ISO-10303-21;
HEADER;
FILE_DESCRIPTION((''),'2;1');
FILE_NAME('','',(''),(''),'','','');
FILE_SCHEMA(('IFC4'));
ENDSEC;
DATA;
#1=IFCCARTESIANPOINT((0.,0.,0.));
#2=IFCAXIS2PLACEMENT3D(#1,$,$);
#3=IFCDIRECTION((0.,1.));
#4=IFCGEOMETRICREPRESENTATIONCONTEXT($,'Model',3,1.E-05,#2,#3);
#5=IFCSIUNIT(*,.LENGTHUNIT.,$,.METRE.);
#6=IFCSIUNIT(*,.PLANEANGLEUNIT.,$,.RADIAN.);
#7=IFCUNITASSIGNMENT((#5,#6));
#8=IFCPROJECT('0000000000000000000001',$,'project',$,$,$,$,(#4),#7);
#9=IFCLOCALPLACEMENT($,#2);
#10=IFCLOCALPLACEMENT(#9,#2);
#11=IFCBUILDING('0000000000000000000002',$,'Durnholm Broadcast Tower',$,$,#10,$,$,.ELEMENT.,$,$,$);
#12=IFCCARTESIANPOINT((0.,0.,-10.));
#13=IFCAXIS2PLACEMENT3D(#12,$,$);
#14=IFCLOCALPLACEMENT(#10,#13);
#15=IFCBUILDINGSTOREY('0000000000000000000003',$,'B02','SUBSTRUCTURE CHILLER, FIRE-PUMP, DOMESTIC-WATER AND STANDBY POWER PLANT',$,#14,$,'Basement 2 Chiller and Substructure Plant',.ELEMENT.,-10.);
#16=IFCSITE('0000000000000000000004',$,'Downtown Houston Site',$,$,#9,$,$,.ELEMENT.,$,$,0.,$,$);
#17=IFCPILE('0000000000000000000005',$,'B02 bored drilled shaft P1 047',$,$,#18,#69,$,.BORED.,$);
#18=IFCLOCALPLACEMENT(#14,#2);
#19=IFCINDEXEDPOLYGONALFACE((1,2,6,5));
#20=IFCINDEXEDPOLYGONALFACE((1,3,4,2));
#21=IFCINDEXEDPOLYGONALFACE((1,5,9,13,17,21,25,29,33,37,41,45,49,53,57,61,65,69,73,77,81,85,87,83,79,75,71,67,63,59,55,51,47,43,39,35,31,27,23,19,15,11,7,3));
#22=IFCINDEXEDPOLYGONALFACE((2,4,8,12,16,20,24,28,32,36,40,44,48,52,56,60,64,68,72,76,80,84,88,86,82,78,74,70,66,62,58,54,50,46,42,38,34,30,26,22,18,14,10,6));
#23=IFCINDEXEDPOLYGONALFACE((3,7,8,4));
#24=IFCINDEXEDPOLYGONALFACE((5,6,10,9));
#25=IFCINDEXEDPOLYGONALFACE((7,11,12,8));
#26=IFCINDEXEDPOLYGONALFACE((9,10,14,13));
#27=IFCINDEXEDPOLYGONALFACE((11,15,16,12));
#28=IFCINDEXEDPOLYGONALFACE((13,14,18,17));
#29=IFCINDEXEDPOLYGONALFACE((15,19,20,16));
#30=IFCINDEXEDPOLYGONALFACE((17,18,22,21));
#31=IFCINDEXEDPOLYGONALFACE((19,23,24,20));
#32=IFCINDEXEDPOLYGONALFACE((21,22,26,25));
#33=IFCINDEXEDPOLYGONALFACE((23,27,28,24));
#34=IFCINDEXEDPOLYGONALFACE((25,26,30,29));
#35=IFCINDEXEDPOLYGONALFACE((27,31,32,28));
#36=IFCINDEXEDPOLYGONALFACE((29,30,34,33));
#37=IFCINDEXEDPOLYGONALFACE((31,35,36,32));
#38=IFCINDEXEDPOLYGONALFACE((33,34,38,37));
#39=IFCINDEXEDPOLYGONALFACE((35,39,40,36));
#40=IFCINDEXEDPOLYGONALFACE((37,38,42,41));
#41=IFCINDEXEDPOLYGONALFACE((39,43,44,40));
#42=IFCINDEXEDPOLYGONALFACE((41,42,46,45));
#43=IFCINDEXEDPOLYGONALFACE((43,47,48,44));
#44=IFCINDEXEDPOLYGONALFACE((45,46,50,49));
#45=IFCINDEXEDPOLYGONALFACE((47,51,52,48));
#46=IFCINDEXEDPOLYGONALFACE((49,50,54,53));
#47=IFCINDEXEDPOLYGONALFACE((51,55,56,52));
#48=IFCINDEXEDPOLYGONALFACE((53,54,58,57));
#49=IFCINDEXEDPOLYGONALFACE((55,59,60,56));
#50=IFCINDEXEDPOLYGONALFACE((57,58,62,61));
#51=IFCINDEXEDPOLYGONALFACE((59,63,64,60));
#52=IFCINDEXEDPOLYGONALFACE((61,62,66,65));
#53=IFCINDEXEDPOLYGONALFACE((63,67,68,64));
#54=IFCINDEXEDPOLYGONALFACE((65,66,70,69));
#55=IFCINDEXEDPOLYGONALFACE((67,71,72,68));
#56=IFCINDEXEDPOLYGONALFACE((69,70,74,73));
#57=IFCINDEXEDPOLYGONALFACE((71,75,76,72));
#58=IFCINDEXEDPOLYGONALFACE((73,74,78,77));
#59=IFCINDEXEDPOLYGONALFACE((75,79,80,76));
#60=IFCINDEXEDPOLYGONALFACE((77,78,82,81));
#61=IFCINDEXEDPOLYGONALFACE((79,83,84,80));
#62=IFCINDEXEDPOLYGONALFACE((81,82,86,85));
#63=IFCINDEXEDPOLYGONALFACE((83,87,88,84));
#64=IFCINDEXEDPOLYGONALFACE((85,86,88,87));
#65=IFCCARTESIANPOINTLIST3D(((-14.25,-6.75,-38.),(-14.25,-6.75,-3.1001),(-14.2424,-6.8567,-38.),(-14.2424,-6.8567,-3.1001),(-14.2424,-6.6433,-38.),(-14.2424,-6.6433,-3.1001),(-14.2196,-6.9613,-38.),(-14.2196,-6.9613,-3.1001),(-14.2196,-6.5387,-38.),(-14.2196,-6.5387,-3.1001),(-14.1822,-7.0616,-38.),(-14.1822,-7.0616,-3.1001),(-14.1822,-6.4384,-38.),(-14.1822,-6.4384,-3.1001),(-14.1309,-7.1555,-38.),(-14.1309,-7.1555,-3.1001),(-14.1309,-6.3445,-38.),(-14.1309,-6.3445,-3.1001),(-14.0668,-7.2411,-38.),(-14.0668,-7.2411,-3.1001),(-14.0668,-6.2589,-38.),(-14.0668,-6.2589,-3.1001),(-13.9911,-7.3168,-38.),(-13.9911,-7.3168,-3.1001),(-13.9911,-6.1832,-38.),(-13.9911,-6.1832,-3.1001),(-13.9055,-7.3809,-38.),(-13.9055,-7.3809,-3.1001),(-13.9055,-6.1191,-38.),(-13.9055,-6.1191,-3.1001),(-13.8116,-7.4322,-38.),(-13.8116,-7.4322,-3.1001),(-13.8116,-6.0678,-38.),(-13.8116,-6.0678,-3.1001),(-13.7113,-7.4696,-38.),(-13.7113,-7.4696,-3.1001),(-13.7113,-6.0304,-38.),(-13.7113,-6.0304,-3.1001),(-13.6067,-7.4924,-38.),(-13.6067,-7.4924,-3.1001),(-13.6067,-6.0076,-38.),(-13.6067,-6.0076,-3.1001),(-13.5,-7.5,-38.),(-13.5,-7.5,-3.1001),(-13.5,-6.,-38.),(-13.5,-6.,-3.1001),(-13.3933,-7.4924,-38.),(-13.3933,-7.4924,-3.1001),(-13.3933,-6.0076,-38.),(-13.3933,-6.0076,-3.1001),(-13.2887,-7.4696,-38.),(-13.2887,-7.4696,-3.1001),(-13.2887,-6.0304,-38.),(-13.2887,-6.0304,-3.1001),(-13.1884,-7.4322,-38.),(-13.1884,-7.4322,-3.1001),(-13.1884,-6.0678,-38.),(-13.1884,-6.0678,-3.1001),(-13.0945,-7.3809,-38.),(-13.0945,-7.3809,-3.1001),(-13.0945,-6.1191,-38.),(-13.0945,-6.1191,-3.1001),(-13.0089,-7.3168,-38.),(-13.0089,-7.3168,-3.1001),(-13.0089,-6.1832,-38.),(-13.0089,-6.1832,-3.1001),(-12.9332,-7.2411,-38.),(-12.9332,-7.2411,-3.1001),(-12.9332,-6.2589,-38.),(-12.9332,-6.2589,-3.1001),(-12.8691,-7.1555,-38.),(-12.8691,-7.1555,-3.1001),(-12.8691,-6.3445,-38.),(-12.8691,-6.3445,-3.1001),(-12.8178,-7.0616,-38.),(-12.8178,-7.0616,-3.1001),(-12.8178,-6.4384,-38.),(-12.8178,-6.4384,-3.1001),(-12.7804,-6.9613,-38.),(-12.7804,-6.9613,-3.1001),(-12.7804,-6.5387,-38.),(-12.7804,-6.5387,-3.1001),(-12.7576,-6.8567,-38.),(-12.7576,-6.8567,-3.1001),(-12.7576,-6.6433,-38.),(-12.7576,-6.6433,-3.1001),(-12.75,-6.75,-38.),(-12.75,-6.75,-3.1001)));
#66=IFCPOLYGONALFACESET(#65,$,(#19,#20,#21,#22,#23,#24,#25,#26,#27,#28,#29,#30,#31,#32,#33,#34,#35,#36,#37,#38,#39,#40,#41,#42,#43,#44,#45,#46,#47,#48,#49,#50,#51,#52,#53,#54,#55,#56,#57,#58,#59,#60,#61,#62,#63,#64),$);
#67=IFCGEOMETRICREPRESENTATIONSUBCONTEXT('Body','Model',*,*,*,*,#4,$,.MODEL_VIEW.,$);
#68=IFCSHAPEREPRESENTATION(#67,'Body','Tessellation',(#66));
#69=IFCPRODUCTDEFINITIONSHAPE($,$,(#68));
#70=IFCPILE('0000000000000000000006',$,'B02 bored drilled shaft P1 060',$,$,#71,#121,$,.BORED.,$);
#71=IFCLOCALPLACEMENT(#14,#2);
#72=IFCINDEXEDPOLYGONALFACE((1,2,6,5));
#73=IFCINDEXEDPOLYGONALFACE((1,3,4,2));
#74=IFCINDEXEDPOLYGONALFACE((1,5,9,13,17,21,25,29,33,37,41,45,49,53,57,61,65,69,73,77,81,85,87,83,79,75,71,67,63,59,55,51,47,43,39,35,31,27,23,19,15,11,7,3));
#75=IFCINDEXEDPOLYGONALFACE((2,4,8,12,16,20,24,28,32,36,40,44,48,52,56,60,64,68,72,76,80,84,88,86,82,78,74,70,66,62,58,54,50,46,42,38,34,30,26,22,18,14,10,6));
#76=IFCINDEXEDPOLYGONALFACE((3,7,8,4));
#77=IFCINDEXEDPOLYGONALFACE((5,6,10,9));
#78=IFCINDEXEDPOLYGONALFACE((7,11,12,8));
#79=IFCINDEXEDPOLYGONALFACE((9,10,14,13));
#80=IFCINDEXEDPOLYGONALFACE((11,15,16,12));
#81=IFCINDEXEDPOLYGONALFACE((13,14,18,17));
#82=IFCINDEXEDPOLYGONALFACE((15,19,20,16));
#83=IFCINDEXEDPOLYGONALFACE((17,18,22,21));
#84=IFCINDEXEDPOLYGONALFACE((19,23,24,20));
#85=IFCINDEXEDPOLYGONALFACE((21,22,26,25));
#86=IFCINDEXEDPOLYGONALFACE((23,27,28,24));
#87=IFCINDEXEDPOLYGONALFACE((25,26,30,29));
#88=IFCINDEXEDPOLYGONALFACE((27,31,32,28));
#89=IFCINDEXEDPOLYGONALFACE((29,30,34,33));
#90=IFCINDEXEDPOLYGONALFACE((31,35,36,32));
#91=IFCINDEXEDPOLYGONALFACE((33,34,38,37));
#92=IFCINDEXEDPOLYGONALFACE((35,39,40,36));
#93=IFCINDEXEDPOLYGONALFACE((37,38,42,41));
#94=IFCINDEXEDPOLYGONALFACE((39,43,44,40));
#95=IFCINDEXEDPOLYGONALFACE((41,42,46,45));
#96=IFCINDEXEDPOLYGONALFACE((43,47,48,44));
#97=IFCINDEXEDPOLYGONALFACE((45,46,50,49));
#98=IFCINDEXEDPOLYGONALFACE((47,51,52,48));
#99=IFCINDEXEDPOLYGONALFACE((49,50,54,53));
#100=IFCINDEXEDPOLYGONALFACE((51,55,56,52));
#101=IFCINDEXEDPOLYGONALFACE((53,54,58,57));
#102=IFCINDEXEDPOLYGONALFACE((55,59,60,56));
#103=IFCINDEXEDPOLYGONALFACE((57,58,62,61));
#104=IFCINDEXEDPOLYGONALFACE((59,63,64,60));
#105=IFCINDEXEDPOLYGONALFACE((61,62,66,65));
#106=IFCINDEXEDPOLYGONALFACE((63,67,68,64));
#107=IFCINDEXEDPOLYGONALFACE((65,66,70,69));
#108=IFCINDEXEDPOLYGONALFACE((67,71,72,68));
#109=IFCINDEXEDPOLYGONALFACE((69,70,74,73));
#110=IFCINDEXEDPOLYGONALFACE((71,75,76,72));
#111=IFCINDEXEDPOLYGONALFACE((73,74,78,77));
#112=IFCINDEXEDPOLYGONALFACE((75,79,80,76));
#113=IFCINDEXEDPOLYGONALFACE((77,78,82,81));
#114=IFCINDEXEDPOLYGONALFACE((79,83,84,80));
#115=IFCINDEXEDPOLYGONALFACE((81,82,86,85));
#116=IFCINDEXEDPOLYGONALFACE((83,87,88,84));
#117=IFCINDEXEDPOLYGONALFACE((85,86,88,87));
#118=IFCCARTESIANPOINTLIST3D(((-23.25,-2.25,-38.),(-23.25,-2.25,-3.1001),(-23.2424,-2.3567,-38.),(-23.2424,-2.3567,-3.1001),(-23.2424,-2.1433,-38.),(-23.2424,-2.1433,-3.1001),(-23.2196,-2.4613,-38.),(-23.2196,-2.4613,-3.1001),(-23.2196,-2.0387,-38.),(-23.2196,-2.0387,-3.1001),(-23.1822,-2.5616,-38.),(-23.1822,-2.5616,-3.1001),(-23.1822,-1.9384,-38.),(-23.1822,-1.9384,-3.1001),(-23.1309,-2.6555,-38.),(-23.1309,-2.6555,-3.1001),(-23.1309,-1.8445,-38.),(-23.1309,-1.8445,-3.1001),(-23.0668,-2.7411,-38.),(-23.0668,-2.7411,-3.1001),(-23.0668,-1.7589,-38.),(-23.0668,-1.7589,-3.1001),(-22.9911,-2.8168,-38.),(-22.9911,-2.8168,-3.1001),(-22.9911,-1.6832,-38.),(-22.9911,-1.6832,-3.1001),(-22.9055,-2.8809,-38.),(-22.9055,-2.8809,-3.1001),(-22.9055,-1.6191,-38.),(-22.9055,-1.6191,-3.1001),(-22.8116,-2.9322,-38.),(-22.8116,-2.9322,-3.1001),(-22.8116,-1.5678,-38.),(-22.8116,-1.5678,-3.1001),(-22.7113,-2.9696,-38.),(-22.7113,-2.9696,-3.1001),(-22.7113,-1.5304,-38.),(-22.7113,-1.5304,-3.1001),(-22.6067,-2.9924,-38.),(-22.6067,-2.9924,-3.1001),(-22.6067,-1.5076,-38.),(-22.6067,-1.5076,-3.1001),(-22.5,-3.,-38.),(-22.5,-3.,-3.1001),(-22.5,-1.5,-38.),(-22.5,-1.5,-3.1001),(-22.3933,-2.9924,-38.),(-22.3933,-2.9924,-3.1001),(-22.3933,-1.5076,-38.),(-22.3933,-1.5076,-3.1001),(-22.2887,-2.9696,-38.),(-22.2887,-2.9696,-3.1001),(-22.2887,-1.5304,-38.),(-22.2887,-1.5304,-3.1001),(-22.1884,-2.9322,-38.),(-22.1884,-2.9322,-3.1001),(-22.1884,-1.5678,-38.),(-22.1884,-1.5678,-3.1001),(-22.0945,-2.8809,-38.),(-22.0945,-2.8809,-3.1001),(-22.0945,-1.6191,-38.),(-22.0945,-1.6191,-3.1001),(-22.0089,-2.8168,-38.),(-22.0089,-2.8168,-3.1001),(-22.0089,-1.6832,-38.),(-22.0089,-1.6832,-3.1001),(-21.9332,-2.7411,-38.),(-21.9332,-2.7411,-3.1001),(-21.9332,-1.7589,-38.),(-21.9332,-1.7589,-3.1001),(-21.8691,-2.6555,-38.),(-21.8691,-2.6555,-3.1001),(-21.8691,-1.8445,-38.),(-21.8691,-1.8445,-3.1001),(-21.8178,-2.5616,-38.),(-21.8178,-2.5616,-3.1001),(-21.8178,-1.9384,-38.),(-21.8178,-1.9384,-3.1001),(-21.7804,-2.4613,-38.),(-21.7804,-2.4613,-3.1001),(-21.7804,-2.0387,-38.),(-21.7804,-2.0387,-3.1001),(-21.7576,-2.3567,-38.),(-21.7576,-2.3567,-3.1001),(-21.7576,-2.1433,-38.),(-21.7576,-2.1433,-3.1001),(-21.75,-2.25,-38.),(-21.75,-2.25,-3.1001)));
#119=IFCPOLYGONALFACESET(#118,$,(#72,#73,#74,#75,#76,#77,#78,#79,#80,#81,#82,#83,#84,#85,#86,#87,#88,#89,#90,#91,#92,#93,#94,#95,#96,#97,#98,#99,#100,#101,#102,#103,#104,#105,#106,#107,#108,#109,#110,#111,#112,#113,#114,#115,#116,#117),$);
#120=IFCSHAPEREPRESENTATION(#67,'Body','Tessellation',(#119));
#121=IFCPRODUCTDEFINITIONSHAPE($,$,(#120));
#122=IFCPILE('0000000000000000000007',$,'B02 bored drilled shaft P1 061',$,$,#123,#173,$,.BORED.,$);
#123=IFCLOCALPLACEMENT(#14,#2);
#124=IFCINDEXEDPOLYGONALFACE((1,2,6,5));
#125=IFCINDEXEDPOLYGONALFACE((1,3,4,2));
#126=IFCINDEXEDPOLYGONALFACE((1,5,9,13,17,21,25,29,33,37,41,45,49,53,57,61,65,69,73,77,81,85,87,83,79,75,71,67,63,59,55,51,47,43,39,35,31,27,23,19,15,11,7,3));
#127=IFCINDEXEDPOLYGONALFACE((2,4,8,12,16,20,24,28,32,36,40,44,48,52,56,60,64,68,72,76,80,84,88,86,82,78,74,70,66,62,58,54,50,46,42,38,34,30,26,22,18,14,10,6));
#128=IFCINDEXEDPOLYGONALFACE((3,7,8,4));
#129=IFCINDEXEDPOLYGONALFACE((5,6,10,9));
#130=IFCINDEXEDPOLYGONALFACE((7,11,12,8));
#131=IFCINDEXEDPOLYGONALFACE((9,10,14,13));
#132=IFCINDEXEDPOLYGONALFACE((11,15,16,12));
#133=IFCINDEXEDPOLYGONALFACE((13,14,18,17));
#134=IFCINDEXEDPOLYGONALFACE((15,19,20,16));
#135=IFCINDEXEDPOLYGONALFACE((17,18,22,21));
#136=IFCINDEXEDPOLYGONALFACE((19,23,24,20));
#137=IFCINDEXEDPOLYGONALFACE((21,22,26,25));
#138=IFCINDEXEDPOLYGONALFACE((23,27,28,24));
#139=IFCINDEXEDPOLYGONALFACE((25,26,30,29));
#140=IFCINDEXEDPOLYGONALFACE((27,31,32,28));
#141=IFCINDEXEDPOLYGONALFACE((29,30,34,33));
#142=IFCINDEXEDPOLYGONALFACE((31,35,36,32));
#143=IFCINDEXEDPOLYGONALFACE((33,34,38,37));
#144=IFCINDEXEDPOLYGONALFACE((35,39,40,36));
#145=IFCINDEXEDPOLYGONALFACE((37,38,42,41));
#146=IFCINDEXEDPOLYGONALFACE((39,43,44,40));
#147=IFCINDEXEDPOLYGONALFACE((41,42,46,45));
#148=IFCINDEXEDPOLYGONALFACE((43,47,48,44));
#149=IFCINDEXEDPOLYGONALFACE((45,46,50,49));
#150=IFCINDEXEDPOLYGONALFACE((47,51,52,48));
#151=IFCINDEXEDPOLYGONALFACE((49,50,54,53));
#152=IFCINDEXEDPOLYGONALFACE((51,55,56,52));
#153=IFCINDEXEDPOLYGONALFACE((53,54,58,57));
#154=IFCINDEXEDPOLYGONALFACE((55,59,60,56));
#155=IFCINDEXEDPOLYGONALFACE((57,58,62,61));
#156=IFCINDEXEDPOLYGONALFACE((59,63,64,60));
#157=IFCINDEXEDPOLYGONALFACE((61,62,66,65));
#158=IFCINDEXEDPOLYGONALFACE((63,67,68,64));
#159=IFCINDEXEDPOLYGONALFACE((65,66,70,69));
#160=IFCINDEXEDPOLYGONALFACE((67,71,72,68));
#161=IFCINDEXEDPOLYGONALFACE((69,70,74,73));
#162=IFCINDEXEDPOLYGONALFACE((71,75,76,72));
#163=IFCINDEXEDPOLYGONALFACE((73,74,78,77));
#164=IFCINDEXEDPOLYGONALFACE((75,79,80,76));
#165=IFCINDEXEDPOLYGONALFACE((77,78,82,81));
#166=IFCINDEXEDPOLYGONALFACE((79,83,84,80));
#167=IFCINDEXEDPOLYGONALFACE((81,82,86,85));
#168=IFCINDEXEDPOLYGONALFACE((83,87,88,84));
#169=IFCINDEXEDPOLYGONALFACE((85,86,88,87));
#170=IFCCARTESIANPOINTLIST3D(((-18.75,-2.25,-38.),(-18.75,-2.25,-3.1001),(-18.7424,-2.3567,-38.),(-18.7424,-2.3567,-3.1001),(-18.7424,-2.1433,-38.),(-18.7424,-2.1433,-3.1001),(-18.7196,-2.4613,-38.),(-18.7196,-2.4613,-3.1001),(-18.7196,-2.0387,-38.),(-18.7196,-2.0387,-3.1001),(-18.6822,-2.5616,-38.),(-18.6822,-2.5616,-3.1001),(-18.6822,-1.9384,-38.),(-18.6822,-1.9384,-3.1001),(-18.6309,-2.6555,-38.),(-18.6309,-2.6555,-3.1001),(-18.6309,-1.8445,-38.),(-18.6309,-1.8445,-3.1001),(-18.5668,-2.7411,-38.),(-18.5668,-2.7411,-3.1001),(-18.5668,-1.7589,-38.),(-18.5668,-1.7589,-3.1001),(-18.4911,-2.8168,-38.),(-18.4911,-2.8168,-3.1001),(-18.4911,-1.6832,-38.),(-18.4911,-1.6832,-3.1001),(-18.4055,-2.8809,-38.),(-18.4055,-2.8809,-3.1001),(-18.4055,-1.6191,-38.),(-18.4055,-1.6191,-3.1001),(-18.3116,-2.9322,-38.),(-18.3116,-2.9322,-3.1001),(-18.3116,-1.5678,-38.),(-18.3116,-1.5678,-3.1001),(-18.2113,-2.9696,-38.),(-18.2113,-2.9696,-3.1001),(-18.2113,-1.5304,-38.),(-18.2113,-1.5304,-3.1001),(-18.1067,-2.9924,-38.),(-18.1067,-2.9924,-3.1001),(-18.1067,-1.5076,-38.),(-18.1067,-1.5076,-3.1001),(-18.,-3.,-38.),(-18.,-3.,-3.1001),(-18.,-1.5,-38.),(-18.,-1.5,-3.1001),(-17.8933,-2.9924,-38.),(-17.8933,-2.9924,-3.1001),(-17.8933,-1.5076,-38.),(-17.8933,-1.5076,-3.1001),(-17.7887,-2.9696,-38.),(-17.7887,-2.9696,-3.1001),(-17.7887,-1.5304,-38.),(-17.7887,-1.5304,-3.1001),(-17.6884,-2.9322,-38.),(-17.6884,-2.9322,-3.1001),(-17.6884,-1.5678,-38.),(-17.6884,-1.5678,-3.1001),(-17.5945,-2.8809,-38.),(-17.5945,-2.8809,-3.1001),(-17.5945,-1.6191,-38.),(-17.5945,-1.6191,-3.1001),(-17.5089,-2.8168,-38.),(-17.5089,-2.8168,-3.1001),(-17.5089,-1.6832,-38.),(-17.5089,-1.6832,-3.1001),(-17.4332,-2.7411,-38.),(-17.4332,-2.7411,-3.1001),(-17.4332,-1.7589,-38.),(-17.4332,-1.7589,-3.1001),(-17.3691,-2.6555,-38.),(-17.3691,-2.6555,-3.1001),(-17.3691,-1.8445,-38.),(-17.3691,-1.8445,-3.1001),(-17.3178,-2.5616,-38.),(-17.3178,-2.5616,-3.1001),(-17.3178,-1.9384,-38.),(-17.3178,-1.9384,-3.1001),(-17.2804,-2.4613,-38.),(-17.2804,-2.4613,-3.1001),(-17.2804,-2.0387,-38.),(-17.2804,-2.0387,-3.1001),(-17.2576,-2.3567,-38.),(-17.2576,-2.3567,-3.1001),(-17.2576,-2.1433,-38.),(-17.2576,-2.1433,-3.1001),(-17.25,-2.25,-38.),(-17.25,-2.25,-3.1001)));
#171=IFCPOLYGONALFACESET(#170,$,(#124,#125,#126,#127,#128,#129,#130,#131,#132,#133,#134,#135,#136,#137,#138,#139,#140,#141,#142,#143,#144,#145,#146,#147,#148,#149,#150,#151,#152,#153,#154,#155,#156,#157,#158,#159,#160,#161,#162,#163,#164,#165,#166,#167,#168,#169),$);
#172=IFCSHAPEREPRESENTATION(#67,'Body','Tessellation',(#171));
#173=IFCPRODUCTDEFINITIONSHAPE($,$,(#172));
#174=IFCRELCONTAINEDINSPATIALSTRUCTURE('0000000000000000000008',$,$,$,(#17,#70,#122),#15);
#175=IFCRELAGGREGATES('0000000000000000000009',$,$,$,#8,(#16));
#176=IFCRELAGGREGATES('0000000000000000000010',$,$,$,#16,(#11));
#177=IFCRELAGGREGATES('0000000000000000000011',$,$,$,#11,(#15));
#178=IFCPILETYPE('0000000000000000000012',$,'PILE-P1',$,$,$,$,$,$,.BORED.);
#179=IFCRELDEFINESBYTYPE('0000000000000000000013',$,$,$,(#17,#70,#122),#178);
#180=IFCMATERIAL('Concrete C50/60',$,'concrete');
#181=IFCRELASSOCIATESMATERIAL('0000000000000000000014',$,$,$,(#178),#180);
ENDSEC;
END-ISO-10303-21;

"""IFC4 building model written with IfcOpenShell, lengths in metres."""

from ifc_helpers import new_model, si_unit, direction, frame, origin, origin_2d, place, context, subcontext, project, spatial, circle, extrude, source, transform, mapped, material, material_profile, profile_set, type_object, type_shapes, element, save


model = new_model("IFC4")

# Units and contexts
model_context = context("Model", 3, precision=1e-05, world=origin(), true_north=direction((0.0, 1.0)))
body_context = subcontext(model_context, "Body", "Model", "MODEL_VIEW")
ifc_project = project(units=[si_unit("LENGTHUNIT", "METRE"), si_unit("PLANEANGLEUNIT", "RADIAN")], contexts=[model_context])

# Site, building, storey
site_placement = place(None, origin())
site = spatial("IfcSite", under=ifc_project, at=site_placement, Name="Downtown Houston Site", CompositionType="ELEMENT", RefElevation=0.0)
building_placement = place(site_placement, origin())
building = spatial("IfcBuilding", under=site, at=building_placement, Name="Durnholm Broadcast Tower", CompositionType="ELEMENT")
storey_placement = place(building_placement, frame((0.0, 0.0, -10.0)))
storey = spatial("IfcBuildingStorey", under=building, at=storey_placement, Name="B02", Description="SUBSTRUCTURE CHILLER, FIRE-PUMP, DOMESTIC-WATER AND STANDBY POWER PLANT", LongName="Basement 2 Chiller and Substructure Plant", CompositionType="ELEMENT", Elevation=-10.0)

# Piles
ifc_material_1 = material(Name="Concrete C50/60", Category="concrete")
ifc_material_profile_1 = material_profile(ifc_material_1, circle(Radius=0.75, at=origin_2d()), Name="PILE1500")
ifc_profile_set_1 = profile_set([ifc_material_profile_1], Name="Concrete C50/60")
pile_type_1 = type_object("IfcPileType", Name="PILE-P1", PredefinedType="BORED", material=ifc_profile_set_1)
shared_shape_1 = source(origin(), body_context, "Body", "SweptSolid", [
    extrude(circle(Radius=0.75, at=origin_2d()), origin(), (0.0, 0.0, 1.0), 34.8999),
])
type_shapes(pile_type_1, [shared_shape_1])
for number, where, z_axis, x_axis, name in (
    (1, (-13.5, -6.75, -3.1001), (0.0, 0.0, -1.0), (1.0, 0.0, 0.0), "B02 bored drilled shaft P1 047"),
    (2, (-22.5, -2.25, -3.1001), (0.0, 0.0, -1.0), (1.0, 0.0, 0.0), "B02 bored drilled shaft P1 060"),
    (3, (-18.0, -2.25, -3.1001), (0.0, 0.0, -1.0), (1.0, 0.0, 0.0), "B02 bored drilled shaft P1 061"),
):
    element("IfcPile", number, at=place(storey_placement, frame(where, z_axis=z_axis, x_axis=x_axis)), inside=storey, type_object=pile_type_1, Name=name, PredefinedType="BORED", context=body_context, shape_type="MappedRepresentation", body=[
        mapped(shared_shape_1, transform((0.0, 0.0, 0.0), x_axis=(1.0, 0.0, 0.0), y_axis=(0.0, 1.0, 0.0), z_axis=(0.0, 0.0, 1.0), scale=1.0)),
    ])

save(model, "model.ifc")
